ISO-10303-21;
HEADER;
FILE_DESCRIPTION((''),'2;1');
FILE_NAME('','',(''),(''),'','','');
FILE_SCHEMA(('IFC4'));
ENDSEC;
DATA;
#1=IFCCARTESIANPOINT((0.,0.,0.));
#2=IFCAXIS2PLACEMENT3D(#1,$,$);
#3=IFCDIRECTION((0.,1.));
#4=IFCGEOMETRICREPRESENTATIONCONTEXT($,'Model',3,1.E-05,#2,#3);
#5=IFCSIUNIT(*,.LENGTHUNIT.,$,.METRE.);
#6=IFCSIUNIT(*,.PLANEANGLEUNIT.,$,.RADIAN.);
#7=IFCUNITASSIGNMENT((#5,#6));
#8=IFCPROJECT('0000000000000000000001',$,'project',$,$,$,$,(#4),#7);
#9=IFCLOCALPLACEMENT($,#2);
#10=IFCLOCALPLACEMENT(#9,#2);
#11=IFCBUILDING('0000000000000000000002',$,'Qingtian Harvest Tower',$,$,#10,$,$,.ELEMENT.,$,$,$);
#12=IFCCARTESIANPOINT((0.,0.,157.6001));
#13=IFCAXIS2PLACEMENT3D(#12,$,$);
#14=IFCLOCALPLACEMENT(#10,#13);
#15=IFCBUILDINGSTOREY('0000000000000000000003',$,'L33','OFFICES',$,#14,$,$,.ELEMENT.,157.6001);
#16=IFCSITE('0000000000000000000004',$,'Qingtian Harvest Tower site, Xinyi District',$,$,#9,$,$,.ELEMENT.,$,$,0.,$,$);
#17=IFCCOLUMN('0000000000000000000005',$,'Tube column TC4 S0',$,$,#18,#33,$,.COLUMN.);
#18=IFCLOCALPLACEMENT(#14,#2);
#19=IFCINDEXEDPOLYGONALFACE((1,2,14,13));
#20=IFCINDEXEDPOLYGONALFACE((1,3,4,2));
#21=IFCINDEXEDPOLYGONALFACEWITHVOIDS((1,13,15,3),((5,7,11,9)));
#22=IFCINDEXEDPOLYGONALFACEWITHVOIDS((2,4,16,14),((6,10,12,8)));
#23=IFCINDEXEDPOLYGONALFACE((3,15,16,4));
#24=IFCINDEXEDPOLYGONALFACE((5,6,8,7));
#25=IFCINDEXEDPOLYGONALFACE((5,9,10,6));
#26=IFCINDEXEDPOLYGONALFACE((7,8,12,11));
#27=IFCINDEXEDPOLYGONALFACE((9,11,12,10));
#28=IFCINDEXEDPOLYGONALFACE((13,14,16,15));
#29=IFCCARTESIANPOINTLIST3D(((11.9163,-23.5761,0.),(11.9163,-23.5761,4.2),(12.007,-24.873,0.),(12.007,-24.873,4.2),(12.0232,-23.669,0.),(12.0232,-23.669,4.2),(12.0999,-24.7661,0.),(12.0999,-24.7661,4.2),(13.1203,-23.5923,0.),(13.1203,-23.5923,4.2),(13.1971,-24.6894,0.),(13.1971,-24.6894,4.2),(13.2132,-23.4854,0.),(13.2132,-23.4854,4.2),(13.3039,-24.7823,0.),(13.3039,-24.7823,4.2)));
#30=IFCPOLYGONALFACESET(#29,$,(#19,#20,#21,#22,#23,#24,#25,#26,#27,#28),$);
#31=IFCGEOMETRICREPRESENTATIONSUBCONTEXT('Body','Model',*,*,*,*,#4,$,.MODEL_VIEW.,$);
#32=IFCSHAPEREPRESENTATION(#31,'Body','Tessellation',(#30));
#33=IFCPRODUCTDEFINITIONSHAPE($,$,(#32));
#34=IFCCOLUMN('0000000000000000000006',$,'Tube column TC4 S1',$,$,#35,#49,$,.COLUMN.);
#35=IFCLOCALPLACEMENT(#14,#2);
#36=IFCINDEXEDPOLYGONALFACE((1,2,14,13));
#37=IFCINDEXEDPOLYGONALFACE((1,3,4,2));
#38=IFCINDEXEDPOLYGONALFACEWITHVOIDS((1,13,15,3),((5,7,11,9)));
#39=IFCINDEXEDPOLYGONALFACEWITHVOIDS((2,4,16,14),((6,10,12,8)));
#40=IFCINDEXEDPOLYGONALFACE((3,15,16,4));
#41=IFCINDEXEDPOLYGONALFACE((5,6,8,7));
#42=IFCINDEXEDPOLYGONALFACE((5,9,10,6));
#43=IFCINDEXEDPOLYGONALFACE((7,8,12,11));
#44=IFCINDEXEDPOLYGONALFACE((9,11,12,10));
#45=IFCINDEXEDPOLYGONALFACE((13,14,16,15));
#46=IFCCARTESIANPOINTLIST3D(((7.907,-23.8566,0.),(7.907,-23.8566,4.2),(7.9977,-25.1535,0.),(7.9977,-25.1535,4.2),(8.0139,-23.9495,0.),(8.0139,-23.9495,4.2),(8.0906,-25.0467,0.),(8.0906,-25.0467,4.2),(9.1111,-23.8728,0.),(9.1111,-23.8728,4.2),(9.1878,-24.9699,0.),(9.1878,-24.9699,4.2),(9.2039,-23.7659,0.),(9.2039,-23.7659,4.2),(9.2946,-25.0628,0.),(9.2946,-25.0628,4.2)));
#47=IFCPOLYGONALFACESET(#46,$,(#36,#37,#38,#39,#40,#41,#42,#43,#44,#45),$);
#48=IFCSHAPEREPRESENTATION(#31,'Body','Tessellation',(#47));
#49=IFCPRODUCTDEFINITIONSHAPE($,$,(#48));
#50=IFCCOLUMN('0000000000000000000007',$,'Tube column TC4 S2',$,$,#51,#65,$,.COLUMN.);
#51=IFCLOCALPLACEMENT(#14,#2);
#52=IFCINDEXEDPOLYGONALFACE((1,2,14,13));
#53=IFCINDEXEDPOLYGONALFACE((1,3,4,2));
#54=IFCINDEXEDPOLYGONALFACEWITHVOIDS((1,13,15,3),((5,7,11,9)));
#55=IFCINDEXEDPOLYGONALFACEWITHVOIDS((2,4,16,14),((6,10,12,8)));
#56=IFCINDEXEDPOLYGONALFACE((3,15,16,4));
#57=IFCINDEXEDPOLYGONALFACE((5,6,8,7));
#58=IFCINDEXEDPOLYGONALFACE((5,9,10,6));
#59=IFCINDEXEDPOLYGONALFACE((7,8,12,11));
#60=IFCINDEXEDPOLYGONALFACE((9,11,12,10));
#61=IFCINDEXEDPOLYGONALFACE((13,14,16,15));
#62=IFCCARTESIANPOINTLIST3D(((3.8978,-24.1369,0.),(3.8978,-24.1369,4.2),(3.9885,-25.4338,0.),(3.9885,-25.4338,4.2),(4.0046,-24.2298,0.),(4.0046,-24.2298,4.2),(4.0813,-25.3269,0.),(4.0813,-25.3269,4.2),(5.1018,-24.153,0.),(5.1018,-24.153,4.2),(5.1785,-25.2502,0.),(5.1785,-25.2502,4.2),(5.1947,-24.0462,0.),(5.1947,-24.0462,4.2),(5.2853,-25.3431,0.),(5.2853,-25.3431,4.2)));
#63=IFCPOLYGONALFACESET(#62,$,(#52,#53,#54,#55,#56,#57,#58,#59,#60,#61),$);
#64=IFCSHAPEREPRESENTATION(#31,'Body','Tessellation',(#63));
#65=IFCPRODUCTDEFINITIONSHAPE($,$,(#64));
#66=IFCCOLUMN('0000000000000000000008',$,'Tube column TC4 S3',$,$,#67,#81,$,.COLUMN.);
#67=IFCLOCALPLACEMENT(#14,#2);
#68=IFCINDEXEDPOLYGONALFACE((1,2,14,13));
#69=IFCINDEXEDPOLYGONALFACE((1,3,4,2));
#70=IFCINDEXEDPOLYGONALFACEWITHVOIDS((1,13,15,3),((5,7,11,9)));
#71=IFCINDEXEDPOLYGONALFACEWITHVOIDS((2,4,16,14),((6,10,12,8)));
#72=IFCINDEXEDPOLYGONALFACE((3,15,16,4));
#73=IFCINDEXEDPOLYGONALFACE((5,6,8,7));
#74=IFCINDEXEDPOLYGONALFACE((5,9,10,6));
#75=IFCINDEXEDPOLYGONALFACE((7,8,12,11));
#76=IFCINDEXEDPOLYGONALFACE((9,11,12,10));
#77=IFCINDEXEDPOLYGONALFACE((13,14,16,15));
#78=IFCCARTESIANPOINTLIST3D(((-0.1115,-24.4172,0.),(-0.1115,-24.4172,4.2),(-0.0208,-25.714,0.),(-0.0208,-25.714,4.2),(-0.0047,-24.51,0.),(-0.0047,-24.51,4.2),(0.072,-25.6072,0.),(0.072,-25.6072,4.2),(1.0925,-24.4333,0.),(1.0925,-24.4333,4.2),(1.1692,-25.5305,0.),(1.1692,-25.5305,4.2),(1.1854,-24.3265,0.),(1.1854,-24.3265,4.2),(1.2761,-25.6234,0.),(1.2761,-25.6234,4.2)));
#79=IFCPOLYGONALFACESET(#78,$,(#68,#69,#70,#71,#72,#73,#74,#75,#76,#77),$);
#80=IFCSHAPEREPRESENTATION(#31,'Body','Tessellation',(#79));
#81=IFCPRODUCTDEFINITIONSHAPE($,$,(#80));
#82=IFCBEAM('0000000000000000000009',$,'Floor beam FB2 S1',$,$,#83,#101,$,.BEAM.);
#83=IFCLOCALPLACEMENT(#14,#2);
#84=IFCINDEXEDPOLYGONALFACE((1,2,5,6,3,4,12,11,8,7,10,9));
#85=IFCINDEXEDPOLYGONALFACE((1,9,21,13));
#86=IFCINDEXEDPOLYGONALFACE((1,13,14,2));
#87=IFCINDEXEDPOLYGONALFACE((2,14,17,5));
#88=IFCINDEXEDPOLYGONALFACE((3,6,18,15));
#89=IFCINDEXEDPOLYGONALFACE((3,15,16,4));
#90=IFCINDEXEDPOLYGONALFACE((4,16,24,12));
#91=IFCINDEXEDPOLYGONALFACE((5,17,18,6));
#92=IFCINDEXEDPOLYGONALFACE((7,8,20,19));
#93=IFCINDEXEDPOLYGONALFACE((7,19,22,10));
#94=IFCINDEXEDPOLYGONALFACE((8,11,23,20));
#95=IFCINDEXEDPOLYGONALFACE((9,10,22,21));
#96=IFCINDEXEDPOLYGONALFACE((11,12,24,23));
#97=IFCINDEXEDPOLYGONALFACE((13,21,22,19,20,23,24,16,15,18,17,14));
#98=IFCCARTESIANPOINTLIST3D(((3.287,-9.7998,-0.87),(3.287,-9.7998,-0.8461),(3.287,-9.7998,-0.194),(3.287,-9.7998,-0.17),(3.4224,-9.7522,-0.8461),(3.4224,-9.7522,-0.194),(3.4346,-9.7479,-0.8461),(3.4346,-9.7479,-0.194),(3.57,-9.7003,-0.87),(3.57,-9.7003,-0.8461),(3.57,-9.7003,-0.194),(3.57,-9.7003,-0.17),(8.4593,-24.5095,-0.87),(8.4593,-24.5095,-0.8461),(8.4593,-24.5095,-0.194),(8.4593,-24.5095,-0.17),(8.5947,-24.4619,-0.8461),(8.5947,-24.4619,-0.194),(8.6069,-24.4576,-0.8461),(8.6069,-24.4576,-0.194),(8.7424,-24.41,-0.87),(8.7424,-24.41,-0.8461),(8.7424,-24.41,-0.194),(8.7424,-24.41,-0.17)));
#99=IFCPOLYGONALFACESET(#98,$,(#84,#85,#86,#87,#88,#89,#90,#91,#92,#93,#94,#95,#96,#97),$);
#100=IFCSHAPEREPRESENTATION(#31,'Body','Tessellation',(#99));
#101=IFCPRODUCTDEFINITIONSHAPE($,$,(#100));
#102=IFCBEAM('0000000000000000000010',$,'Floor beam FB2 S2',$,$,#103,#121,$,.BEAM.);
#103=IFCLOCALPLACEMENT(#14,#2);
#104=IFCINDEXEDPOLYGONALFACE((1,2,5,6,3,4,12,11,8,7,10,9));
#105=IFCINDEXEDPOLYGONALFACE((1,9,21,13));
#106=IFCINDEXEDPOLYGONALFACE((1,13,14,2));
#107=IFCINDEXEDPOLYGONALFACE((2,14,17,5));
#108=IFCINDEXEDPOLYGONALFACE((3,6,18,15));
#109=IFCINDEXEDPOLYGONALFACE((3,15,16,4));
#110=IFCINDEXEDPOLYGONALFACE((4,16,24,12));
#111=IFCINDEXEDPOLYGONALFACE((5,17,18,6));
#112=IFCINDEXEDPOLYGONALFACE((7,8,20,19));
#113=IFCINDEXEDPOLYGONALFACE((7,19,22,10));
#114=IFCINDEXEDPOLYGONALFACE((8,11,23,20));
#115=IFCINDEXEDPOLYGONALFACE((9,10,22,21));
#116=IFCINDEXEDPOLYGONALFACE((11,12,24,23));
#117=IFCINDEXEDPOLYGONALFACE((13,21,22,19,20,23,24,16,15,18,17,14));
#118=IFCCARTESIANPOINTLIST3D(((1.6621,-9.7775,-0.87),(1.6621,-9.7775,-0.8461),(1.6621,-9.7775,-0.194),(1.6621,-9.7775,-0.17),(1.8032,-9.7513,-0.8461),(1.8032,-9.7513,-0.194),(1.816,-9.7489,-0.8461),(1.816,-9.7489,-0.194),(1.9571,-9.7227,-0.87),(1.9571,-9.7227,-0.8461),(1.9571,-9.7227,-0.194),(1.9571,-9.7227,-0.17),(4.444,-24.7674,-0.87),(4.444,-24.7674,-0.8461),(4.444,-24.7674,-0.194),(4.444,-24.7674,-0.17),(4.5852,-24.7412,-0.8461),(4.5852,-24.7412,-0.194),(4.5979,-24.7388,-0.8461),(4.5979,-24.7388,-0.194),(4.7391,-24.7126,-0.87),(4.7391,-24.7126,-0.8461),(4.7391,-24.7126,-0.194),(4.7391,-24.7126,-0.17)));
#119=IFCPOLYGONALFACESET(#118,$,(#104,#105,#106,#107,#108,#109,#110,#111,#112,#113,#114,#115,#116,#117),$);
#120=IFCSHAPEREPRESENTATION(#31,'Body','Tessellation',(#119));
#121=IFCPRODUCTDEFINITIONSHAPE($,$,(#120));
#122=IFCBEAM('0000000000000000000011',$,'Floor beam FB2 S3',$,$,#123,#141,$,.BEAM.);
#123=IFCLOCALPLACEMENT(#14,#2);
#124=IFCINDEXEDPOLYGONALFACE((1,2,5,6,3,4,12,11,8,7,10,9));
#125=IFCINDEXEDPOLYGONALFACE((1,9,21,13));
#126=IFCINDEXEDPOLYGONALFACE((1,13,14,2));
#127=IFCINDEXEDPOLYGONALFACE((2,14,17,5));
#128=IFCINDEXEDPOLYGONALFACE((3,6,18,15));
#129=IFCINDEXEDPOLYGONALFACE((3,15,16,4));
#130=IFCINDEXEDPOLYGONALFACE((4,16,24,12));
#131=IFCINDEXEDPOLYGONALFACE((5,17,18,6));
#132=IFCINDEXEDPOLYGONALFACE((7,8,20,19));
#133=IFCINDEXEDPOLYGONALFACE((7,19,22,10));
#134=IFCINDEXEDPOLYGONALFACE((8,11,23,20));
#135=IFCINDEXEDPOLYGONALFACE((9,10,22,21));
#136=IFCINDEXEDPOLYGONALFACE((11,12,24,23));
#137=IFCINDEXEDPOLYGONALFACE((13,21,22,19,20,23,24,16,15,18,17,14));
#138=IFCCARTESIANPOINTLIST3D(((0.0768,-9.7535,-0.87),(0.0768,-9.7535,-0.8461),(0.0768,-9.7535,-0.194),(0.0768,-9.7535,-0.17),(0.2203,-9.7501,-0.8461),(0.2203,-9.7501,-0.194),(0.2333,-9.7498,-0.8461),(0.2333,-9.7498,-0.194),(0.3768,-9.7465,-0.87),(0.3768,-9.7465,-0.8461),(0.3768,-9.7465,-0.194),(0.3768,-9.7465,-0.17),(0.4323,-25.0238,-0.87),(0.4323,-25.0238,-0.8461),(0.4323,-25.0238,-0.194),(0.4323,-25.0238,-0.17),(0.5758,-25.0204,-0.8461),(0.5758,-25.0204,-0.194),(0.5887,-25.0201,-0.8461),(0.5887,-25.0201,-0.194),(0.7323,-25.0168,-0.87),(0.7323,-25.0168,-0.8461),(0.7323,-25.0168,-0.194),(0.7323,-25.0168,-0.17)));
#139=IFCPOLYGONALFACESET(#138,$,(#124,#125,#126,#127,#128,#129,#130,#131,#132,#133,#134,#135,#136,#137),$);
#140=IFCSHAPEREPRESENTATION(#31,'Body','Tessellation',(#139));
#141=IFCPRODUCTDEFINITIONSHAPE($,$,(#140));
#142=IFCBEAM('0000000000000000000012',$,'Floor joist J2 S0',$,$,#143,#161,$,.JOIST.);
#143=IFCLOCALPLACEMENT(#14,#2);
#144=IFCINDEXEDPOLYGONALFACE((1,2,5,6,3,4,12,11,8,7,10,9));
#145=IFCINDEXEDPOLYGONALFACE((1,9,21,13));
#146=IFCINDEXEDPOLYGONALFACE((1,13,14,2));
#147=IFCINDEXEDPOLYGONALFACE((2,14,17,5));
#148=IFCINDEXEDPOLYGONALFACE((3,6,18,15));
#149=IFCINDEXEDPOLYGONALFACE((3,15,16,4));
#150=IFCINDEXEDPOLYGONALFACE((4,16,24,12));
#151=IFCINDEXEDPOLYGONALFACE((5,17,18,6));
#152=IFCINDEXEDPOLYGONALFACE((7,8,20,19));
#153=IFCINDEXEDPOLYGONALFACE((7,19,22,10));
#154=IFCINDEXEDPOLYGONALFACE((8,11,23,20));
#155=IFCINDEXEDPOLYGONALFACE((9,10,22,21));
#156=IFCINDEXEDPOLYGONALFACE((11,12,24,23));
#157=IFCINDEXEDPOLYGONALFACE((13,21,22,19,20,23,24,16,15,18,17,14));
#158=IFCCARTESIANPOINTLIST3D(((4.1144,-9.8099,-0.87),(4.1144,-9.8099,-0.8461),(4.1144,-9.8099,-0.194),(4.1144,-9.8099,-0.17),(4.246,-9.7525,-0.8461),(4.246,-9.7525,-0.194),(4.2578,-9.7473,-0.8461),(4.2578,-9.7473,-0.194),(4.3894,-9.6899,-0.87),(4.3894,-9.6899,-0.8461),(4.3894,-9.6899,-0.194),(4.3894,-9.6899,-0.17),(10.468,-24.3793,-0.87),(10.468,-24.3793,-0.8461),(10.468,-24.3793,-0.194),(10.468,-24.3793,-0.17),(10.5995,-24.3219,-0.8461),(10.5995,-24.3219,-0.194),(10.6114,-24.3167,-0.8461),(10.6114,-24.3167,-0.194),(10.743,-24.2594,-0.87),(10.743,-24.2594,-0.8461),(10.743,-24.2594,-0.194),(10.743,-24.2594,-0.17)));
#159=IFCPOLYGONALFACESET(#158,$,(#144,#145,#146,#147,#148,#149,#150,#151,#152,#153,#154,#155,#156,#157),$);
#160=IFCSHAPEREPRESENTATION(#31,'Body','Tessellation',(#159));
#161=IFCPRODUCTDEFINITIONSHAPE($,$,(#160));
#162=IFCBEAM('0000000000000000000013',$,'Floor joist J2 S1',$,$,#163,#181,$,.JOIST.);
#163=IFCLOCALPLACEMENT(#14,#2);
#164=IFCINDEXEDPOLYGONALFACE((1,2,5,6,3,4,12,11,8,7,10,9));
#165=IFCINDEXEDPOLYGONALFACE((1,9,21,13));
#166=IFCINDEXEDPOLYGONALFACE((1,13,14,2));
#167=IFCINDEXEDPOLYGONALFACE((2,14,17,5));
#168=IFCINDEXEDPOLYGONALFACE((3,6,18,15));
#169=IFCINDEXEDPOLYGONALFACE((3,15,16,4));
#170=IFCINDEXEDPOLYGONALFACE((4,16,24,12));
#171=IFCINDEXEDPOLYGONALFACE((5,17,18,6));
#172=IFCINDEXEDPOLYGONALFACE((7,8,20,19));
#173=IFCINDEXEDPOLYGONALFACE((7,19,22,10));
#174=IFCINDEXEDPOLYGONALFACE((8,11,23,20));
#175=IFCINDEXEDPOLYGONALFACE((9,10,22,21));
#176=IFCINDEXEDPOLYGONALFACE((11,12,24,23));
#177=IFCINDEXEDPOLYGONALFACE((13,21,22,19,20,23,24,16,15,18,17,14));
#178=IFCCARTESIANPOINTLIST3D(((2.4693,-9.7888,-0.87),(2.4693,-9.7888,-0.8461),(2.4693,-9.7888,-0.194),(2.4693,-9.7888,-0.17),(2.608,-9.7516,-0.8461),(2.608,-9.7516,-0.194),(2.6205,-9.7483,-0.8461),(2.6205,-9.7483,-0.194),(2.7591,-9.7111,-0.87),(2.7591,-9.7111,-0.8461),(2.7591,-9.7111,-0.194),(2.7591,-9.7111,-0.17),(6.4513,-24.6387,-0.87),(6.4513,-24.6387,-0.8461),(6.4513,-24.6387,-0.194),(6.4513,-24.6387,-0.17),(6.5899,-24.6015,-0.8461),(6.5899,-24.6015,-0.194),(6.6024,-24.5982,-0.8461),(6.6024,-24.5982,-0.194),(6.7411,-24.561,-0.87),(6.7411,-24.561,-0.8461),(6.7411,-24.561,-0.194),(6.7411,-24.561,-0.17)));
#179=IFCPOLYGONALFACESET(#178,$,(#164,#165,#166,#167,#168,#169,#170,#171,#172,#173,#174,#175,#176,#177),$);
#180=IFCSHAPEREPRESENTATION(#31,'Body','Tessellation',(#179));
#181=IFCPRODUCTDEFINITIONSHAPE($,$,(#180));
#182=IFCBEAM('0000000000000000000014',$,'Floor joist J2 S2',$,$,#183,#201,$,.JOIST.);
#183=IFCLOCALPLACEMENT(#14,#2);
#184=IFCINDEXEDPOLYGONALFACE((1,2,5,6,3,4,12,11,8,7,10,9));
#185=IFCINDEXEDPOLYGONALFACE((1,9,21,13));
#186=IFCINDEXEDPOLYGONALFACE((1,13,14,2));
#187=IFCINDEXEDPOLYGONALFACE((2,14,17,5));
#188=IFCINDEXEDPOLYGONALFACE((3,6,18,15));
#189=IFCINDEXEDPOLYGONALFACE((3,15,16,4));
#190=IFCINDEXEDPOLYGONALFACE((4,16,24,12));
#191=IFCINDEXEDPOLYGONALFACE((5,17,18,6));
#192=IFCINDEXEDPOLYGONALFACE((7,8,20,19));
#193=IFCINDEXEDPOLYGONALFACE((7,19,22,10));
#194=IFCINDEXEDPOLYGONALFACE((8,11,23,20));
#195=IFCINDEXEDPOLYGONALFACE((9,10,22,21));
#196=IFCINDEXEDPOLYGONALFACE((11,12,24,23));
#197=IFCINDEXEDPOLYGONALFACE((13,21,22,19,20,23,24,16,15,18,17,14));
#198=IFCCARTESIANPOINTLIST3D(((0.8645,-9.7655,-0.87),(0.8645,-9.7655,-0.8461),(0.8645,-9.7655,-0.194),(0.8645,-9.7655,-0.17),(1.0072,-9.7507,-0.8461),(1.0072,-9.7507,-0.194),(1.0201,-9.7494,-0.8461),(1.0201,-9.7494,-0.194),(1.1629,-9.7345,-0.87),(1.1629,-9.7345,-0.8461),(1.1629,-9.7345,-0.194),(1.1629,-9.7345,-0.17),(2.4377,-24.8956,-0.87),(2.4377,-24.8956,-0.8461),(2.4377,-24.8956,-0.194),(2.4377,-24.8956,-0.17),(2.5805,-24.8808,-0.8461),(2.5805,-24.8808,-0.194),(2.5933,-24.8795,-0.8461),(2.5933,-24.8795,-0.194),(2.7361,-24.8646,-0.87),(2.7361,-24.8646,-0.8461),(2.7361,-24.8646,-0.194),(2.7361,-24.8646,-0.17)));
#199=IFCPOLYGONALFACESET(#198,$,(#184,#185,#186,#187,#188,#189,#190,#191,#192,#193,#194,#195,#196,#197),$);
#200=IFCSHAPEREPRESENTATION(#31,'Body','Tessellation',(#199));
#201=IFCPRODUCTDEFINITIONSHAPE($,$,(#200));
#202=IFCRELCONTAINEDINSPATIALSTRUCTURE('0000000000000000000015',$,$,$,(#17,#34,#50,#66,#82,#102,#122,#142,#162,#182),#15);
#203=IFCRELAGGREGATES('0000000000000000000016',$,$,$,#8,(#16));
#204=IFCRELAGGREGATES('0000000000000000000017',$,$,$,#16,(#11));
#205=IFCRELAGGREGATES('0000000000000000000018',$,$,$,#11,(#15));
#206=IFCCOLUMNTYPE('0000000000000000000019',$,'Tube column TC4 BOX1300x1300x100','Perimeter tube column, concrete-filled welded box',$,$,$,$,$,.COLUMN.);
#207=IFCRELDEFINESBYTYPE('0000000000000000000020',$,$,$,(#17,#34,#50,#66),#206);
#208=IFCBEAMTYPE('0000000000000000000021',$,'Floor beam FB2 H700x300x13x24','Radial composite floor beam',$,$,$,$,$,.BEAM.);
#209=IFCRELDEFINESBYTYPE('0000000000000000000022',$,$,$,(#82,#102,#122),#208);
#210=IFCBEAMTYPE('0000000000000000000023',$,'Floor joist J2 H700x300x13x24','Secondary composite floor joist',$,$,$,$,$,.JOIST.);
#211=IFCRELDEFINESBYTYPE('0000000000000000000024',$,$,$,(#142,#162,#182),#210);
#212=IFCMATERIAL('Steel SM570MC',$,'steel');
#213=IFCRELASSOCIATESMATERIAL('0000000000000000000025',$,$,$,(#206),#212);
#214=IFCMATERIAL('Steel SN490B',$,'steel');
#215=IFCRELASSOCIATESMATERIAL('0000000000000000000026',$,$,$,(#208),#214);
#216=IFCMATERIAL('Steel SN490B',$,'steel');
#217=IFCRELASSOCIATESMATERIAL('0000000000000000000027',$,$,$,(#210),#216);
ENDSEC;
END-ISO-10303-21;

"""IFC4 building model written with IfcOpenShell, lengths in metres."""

from ifc_helpers import new_model, si_unit, direction, frame, origin, origin_2d, place, context, subcontext, project, spatial, hollow_rectangle, i_section, extrude, material, material_profile, profile_set, type_object, element, save


model = new_model("IFC4")

# Units and contexts
model_context = context("Model", 3, precision=1e-05, world=origin(), true_north=direction((0.0, 1.0)))
body_context = subcontext(model_context, "Body", "Model", "MODEL_VIEW")
ifc_project = project(units=[si_unit("LENGTHUNIT", "METRE"), si_unit("PLANEANGLEUNIT", "RADIAN")], contexts=[model_context])

# Site, building, storey
site_placement = place(None, origin())
site = spatial("IfcSite", under=ifc_project, at=site_placement, Name="Qingtian Harvest Tower site, Xinyi District", CompositionType="ELEMENT", RefElevation=0.0)
building_placement = place(site_placement, origin())
building = spatial("IfcBuilding", under=site, at=building_placement, Name="Qingtian Harvest Tower", CompositionType="ELEMENT")
storey_placement = place(building_placement, frame((0.0, 0.0, 157.6001)))
storey = spatial("IfcBuildingStorey", under=building, at=storey_placement, Name="L33", Description="OFFICES", CompositionType="ELEMENT", Elevation=157.6001)

# Columns
ifc_material_1 = material(Name="Steel SM570MC", Category="steel")
ifc_material_profile_1 = material_profile(ifc_material_1, hollow_rectangle(XDim=1.3, YDim=1.3, WallThickness=0.1001, at=origin_2d()), Name="BOX1300x1300x100")
ifc_profile_set_1 = profile_set([ifc_material_profile_1], Name="Steel SM570MC")
column_type = type_object("IfcColumnType", Name="Tube column TC4 BOX1300x1300x100", Description="Perimeter tube column, concrete-filled welded box", PredefinedType="COLUMN", material=ifc_profile_set_1)
for number, where, z_axis, x_axis, name in (
    (1, (12.6101, -24.1792, 0.0), (0.0, 0.0, 1.0), (0.997564, 0.069756, 0.0), "Tube column TC4 S0"),
    (2, (8.6008, -24.4597, 0.0), (0.0, 0.0, 1.0), (0.997564, 0.069756, 0.0), "Tube column TC4 S1"),
    (3, (4.5916, -24.74, 0.0), (0.0, 0.0, 1.0), (0.997564, 0.069756, 0.0), "Tube column TC4 S2"),
    (4, (0.5823, -25.0203, 0.0), (0.0, 0.0, 1.0), (0.997564, 0.069756, 0.0), "Tube column TC4 S3"),
):
    element("IfcColumn", number, at=place(storey_placement, frame(where, z_axis=z_axis, x_axis=x_axis)), inside=storey, type_object=column_type, Name=name, PredefinedType="COLUMN", context=body_context, shape_type="SweptSolid", body=[
        extrude(hollow_rectangle(XDim=1.3, YDim=1.3, WallThickness=0.1001, at=origin_2d()), origin(), (0.0, 0.0, 1.0), 4.2),
    ])

# Beams
ifc_material_2 = material(Name="Steel SN490B", Category="steel")
ifc_material_profile_2 = material_profile(ifc_material_2, i_section(OverallWidth=0.3, OverallDepth=0.7, WebThickness=0.0129, FlangeThickness=0.0239, at=origin_2d()), Name="H700x300x13x24")
ifc_profile_set_2 = profile_set([ifc_material_profile_2], Name="Steel SN490B")
beam_type_1 = type_object("IfcBeamType", Name="Floor beam FB2 H700x300x13x24", Description="Radial composite floor beam", PredefinedType="BEAM", material=ifc_profile_set_2)
beam_1_placement = place(storey_placement, frame((8.6008, -24.4597, -0.52), z_axis=(-0.331719, 0.943378, 0.0), x_axis=(-0.943378, -0.331719, 0.0)))
element("IfcBeam", 5, at=beam_1_placement, inside=storey, type_object=beam_type_1, Name="Floor beam FB2 S1", PredefinedType="BEAM", context=body_context, shape_type="SweptSolid", body=[
    extrude(i_section(OverallWidth=0.3, OverallDepth=0.7, WebThickness=0.0129, FlangeThickness=0.0239, at=origin_2d()), origin(), (0.0, 0.0, 1.0), 15.5925),
])
beam_2_placement = place(storey_placement, frame((4.5916, -24.74, -0.52), z_axis=(-0.182473, 0.983211, 0.0), x_axis=(-0.983211, -0.182473, 0.0)))
element("IfcBeam", 6, at=beam_2_placement, inside=storey, type_object=beam_type_1, Name="Floor beam FB2 S2", PredefinedType="BEAM", context=body_context, shape_type="SweptSolid", body=[
    extrude(i_section(OverallWidth=0.3, OverallDepth=0.7, WebThickness=0.0129, FlangeThickness=0.0239, at=origin_2d()), origin(), (0.0, 0.0, 1.0), 15.2458),
])
beam_3_placement = place(storey_placement, frame((0.5823, -25.0203, -0.52), z_axis=(-0.023272, 0.999729, 0.0), x_axis=(-0.999729, -0.023272, 0.0)))
element("IfcBeam", 7, at=beam_3_placement, inside=storey, type_object=beam_type_1, Name="Floor beam FB2 S3", PredefinedType="BEAM", context=body_context, shape_type="SweptSolid", body=[
    extrude(i_section(OverallWidth=0.3, OverallDepth=0.7, WebThickness=0.0129, FlangeThickness=0.0239, at=origin_2d()), origin(), (0.0, 0.0, 1.0), 15.2744),
])
ifc_material_3 = material(Name="Steel SN490B", Category="steel")
ifc_material_profile_3 = material_profile(ifc_material_3, i_section(OverallWidth=0.3, OverallDepth=0.7, WebThickness=0.0129, FlangeThickness=0.0239, at=origin_2d()), Name="H700x300x13x24")
ifc_profile_set_3 = profile_set([ifc_material_profile_3], Name="Steel SN490B")
beam_type_2 = type_object("IfcBeamType", Name="Floor joist J2 H700x300x13x24", Description="Secondary composite floor joist", PredefinedType="JOIST", material=ifc_profile_set_3)
beam_4_placement = place(storey_placement, frame((10.6055, -24.3193, -0.52), z_axis=(-0.399732, 0.916632, 0.0), x_axis=(-0.916632, -0.399732, 0.0)))
element("IfcBeam", 8, at=beam_4_placement, inside=storey, type_object=beam_type_2, Name="Floor joist J2 S0", PredefinedType="JOIST", context=body_context, shape_type="SweptSolid", body=[
    extrude(i_section(OverallWidth=0.3, OverallDepth=0.7, WebThickness=0.0129, FlangeThickness=0.0239, at=origin_2d()), origin(), (0.0, 0.0, 1.0), 15.8945),
])
beam_5_placement = place(storey_placement, frame((6.5962, -24.5999, -0.52), z_axis=(-0.258997, 0.965878, 0.0), x_axis=(-0.965878, -0.258997, 0.0)))
element("IfcBeam", 9, at=beam_5_placement, inside=storey, type_object=beam_type_2, Name="Floor joist J2 S1", PredefinedType="JOIST", context=body_context, shape_type="SweptSolid", body=[
    extrude(i_section(OverallWidth=0.3, OverallDepth=0.7, WebThickness=0.0129, FlangeThickness=0.0239, at=origin_2d()), origin(), (0.0, 0.0, 1.0), 15.3745),
])
beam_6_placement = place(storey_placement, frame((2.5869, -24.8801, -0.52), z_axis=(-0.103423, 0.994637, 0.0), x_axis=(-0.994637, -0.103423, 0.0)))
element("IfcBeam", 10, at=beam_6_placement, inside=storey, type_object=beam_type_2, Name="Floor joist J2 S2", PredefinedType="JOIST", context=body_context, shape_type="SweptSolid", body=[
    extrude(i_section(OverallWidth=0.3, OverallDepth=0.7, WebThickness=0.0129, FlangeThickness=0.0239, at=origin_2d()), origin(), (0.0, 0.0, 1.0), 15.2117),
])

save(model, "model.ifc")
